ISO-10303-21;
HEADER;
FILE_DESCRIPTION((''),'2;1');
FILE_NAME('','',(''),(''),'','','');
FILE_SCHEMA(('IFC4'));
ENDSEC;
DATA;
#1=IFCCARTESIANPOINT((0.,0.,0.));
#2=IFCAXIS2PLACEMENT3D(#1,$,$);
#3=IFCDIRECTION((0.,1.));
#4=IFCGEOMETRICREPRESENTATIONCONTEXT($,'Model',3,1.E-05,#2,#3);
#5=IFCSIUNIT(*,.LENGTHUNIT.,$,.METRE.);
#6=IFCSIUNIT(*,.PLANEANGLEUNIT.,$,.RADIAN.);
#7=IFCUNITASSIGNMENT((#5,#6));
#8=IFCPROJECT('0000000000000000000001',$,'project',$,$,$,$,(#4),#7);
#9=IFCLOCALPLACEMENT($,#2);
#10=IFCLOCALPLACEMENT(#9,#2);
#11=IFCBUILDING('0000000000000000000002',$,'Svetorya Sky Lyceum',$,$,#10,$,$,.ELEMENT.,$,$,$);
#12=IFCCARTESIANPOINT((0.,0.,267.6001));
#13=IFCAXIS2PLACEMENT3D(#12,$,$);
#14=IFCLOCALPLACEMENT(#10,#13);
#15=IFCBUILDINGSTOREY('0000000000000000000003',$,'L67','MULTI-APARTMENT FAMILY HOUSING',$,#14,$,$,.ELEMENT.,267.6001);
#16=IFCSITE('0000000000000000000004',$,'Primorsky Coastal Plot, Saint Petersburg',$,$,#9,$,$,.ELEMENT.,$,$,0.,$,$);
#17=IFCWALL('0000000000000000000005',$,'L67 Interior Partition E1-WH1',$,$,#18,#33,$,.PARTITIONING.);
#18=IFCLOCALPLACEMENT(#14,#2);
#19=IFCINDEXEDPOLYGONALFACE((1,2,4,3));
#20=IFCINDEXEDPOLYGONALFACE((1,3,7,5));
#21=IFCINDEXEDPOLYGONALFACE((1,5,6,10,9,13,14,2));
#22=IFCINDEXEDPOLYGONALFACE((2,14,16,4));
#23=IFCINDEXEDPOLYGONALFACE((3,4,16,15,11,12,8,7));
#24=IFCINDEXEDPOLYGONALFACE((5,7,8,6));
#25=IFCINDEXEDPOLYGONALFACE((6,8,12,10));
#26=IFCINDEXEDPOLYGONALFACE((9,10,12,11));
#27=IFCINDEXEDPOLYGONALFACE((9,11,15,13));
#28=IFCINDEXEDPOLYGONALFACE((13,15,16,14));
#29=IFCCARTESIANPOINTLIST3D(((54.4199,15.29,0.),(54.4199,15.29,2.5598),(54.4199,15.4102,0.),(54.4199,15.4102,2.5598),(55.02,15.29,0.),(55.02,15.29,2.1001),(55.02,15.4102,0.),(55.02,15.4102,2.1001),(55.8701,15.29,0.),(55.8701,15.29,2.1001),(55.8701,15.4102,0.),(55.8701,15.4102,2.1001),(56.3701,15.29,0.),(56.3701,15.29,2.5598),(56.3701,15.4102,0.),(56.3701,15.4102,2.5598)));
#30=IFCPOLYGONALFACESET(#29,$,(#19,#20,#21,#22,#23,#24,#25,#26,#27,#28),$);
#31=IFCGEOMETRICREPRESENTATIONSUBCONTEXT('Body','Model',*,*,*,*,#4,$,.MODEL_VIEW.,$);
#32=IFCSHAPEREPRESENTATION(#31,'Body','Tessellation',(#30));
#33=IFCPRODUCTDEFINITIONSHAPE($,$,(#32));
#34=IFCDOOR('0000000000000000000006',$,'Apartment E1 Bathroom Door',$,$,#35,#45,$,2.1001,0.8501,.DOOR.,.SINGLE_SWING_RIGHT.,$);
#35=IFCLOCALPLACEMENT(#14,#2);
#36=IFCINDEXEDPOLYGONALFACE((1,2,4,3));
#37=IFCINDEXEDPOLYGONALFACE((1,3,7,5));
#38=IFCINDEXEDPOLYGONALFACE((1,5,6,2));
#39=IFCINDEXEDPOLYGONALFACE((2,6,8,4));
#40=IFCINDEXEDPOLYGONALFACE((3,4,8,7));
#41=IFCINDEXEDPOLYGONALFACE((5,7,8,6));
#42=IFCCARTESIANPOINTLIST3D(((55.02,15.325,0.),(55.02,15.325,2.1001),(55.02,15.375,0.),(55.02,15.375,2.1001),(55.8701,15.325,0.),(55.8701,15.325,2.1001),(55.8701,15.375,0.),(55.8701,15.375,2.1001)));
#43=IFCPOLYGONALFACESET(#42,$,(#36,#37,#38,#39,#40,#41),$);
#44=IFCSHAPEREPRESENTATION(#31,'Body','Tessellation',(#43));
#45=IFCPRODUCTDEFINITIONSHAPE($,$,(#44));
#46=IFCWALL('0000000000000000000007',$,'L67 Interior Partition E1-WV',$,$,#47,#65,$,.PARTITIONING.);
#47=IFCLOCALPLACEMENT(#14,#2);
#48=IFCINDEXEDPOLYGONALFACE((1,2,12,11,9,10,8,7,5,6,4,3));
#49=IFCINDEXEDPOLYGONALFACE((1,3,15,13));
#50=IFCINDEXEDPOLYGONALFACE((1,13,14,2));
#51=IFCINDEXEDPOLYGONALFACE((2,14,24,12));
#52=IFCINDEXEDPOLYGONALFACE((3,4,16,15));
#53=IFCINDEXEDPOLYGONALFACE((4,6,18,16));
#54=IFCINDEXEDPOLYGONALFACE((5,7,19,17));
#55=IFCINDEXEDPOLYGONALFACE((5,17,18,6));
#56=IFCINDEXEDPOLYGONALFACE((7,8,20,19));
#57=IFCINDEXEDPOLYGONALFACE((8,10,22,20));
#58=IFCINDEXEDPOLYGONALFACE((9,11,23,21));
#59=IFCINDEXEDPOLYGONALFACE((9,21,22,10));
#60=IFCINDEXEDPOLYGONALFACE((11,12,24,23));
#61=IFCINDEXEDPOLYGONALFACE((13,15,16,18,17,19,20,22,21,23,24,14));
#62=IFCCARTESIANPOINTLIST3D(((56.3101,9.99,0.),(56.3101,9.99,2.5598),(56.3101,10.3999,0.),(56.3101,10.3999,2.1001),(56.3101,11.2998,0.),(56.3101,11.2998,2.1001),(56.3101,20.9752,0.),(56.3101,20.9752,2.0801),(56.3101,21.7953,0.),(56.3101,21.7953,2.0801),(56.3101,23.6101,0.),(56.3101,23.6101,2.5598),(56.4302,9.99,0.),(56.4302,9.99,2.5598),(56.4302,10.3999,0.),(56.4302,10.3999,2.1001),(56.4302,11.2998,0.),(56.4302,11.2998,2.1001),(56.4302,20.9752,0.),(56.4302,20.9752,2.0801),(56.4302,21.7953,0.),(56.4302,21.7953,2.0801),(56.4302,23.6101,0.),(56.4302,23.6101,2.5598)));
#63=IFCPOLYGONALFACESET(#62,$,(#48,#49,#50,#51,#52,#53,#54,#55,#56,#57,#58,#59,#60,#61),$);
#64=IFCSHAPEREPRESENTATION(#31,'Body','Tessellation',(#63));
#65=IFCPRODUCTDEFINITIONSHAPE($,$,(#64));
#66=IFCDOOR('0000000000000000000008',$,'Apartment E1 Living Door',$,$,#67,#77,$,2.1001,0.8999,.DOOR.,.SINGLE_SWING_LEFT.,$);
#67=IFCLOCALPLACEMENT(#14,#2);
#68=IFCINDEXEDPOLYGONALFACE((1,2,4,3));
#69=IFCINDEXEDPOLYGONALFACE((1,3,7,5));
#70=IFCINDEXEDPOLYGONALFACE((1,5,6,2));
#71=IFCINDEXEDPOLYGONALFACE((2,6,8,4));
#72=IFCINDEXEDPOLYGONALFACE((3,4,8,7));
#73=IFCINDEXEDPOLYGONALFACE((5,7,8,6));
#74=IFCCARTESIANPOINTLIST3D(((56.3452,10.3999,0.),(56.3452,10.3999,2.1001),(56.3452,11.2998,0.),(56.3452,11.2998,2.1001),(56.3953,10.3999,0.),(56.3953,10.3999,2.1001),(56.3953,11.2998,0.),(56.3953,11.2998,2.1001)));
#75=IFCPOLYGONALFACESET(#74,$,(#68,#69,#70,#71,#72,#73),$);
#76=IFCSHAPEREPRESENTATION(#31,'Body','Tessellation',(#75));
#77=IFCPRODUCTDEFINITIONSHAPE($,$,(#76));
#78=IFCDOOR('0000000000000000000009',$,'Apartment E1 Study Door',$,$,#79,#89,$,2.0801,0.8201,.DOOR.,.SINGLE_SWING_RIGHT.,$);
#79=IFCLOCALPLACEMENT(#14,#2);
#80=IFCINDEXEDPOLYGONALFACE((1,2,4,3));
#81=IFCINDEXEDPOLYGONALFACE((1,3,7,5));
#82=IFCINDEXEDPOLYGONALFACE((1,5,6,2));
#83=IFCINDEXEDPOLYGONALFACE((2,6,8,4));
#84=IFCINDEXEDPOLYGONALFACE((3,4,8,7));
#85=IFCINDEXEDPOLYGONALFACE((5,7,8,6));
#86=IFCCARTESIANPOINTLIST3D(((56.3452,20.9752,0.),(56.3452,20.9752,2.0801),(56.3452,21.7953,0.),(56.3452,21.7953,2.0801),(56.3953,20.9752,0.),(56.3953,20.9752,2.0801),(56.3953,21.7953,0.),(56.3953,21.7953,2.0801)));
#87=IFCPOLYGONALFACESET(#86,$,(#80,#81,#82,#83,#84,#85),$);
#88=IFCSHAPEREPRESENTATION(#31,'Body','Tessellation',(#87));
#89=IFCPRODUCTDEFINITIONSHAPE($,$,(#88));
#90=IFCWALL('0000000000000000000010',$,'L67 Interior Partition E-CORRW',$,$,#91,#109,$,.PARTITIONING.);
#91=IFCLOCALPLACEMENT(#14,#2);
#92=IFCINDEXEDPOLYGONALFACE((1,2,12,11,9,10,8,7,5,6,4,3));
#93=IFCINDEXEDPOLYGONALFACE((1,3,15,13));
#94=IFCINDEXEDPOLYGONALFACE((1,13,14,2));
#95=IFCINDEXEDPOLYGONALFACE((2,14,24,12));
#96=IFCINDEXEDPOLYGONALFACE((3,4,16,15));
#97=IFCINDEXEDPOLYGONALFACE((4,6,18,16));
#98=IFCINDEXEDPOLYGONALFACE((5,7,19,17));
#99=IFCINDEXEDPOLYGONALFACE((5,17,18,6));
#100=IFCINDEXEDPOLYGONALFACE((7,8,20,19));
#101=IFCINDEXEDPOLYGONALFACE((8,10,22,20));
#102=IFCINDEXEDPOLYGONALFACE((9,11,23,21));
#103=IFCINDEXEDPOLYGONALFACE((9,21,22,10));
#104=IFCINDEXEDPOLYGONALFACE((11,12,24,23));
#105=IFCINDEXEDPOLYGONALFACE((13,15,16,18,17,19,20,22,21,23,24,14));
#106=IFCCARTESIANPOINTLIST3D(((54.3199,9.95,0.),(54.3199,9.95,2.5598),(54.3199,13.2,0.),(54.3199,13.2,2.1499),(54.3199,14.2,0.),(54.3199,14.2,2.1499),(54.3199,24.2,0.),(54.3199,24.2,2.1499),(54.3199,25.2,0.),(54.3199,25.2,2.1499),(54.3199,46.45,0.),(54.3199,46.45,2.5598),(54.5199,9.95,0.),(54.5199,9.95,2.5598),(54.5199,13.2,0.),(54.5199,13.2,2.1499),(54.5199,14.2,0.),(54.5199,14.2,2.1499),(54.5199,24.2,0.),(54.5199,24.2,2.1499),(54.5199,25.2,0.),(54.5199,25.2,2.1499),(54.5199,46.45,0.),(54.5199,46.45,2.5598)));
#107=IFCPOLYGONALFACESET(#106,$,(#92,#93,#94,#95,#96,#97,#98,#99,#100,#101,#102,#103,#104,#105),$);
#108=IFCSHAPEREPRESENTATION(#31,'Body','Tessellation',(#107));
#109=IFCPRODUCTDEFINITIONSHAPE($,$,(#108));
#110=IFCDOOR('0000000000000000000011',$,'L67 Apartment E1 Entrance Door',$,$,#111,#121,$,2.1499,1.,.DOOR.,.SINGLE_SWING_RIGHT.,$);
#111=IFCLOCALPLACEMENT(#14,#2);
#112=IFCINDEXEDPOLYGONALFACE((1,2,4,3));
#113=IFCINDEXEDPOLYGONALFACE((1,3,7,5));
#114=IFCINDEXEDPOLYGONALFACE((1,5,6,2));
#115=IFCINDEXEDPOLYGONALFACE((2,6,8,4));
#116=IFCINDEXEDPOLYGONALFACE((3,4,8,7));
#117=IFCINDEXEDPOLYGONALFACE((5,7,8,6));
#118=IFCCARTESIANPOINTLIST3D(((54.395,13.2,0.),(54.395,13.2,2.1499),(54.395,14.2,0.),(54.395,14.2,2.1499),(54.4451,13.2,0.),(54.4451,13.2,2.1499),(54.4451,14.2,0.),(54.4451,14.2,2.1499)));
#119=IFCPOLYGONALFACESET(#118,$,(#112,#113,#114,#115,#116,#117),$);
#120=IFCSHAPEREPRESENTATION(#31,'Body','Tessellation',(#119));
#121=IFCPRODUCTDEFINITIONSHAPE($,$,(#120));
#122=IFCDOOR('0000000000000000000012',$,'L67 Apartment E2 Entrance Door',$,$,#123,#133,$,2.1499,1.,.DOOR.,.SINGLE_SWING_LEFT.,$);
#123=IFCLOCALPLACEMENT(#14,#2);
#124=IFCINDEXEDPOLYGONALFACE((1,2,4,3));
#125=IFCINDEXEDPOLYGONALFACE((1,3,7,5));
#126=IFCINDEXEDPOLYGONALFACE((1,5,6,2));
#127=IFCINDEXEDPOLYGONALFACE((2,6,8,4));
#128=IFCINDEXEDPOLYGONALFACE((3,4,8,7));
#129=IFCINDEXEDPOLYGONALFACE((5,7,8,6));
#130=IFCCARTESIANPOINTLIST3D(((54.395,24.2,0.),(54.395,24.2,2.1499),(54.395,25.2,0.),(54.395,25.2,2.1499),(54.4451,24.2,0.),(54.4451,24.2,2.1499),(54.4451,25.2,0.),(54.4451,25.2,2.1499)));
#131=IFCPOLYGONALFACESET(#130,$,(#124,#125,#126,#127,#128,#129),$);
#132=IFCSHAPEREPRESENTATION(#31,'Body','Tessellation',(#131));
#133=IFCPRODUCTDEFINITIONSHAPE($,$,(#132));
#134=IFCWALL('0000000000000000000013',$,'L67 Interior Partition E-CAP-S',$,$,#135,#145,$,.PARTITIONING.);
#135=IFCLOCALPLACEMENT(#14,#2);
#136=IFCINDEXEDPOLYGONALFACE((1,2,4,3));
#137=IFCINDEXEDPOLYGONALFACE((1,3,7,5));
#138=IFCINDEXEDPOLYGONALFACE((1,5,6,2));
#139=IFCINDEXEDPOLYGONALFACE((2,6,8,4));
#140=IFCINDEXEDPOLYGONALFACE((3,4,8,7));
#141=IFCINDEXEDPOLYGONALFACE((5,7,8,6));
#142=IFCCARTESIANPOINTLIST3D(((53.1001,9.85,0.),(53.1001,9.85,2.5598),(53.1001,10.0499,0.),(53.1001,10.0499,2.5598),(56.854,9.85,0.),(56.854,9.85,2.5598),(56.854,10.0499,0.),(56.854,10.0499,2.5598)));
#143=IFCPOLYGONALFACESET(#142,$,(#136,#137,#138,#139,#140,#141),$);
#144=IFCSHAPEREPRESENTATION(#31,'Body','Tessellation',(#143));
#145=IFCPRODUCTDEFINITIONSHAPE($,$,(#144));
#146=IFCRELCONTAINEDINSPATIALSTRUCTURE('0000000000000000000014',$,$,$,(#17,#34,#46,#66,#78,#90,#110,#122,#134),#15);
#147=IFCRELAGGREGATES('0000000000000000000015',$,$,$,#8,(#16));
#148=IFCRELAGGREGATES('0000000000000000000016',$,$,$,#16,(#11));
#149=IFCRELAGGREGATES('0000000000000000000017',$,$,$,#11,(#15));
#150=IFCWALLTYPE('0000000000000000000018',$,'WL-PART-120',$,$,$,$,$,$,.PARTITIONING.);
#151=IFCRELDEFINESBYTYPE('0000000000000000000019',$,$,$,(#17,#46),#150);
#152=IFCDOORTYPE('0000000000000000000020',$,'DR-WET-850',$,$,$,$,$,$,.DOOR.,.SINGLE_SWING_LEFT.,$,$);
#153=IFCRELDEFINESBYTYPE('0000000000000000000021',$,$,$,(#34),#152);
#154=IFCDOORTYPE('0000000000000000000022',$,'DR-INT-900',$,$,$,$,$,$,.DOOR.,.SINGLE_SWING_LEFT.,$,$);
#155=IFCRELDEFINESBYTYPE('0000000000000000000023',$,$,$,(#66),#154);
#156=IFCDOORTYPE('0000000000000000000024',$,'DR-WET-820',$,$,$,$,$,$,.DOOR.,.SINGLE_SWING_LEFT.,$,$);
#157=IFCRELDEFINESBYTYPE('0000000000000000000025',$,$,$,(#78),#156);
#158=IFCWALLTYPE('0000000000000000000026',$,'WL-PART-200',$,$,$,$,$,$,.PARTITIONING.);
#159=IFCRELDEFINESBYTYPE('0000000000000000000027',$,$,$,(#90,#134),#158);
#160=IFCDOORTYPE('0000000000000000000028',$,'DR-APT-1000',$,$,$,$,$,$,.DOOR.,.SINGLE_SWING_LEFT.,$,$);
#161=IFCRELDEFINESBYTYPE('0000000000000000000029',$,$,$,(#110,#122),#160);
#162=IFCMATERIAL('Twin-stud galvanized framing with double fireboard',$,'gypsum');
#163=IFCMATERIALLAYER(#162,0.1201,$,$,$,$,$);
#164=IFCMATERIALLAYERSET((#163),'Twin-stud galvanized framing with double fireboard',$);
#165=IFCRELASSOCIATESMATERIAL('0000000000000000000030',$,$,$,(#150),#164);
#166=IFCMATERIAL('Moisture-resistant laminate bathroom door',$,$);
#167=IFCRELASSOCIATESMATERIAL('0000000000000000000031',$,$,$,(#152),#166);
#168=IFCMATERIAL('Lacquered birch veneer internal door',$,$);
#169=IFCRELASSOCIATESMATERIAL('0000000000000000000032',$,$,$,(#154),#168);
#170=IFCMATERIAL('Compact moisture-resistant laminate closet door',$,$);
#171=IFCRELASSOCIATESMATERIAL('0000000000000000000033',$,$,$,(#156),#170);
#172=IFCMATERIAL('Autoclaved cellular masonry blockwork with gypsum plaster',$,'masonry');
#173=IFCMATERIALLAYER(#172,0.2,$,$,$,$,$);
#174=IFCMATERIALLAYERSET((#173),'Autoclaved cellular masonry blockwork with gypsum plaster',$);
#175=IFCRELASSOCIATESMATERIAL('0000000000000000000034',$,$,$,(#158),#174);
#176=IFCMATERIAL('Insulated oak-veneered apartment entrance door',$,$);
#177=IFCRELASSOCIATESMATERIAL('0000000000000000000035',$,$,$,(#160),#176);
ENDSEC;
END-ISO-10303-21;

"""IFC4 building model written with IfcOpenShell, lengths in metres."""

from ifc_helpers import new_model, si_unit, direction, frame, frame_2d, origin, place, context, subcontext, project, spatial, rectangle, extrude, material, layer, layer_set, type_object, element, fill, save


model = new_model("IFC4")

# Units and contexts
model_context = context("Model", 3, precision=1e-05, world=origin(), true_north=direction((0.0, 1.0)))
body_context = subcontext(model_context, "Body", "Model", "MODEL_VIEW")
ifc_project = project(units=[si_unit("LENGTHUNIT", "METRE"), si_unit("PLANEANGLEUNIT", "RADIAN")], contexts=[model_context])

# Site, building, storey
site_placement = place(None, origin())
site = spatial("IfcSite", under=ifc_project, at=site_placement, Name="Primorsky Coastal Plot, Saint Petersburg", CompositionType="ELEMENT", RefElevation=0.0)
building_placement = place(site_placement, origin())
building = spatial("IfcBuilding", under=site, at=building_placement, Name="Svetorya Sky Lyceum", CompositionType="ELEMENT")
storey_placement = place(building_placement, frame((0.0, 0.0, 267.6001)))
storey = spatial("IfcBuildingStorey", under=building, at=storey_placement, Name="L67", Description="MULTI-APARTMENT FAMILY HOUSING", CompositionType="ELEMENT", Elevation=267.6001)

# Wall, opening, door
ifc_material_1 = material(Name="Twin-stud galvanized framing with double fireboard", Category="gypsum")
ifc_layer_1 = layer(ifc_material_1, 0.1201)
ifc_layer_set_1 = layer_set([ifc_layer_1], Name="Twin-stud galvanized framing with double fireboard")
wall_type_1 = type_object("IfcWallType", Name="WL-PART-120", PredefinedType="PARTITIONING", material=ifc_layer_set_1)
wall_1_placement = place(storey_placement, frame((54.4199, 15.3501, 0.0), z_axis=(0.0, 0.0, 1.0), x_axis=(1.0, 0.0, 0.0)))
wall_1 = element("IfcWall", 1, at=wall_1_placement, inside=storey, type_object=wall_type_1, Name="L67 Interior Partition E1-WH1", PredefinedType="PARTITIONING", context=body_context, shape_type="SweptSolid", body=[
    extrude(rectangle(XDim=1.9502, YDim=0.1201, at=frame_2d((0.9751, 0.0))), origin(), (0.0, 0.0, 1.0), 2.5598),
])
opening_1_placement = place(wall_1_placement, frame((0.6001, 0.0, 0.0)))
opening_1 = element("IfcOpeningElement", 2, at=opening_1_placement, cuts=wall_1, PredefinedType="OPENING", context=body_context, shape_type="SweptSolid", body=[
    extrude(rectangle(XDim=0.8501, YDim=2.1001, at=frame_2d((0.425, 1.05))), frame((0.0, 0.0701, 0.0), z_axis=(0.0, -1.0, 0.0), x_axis=(1.0, 0.0, 0.0)), (0.0, 0.0, 1.0), 0.1401),
])
ifc_material_2 = material(Name="Moisture-resistant laminate bathroom door")
door_type_1 = type_object("IfcDoorType", Name="DR-WET-850", OperationType="SINGLE_SWING_LEFT", PredefinedType="DOOR", material=ifc_material_2)
door_1_placement = place(opening_1_placement, origin())
door_1 = element("IfcDoor", 3, at=door_1_placement, inside=storey, type_object=door_type_1, Name="Apartment E1 Bathroom Door", OperationType="SINGLE_SWING_RIGHT", OverallHeight=2.1001, OverallWidth=0.8501, PredefinedType="DOOR", context=body_context, shape_type="SweptSolid", body=[
    extrude(rectangle(XDim=0.8501, YDim=2.1001, at=frame_2d((0.425, 1.05))), frame((0.0, 0.0249, 0.0), z_axis=(0.0, -1.0, 0.0), x_axis=(1.0, 0.0, 0.0)), (0.0, 0.0, 1.0), 0.05),
])
fill(opening_1, door_1)

# Walls, openings, doors
wall_2_placement = place(storey_placement, frame((56.3701, 9.99, 0.0), z_axis=(0.0, 0.0, 1.0), x_axis=(0.0, 1.0, 0.0)))
wall_2 = element("IfcWall", 4, at=wall_2_placement, inside=storey, type_object=wall_type_1, Name="L67 Interior Partition E1-WV", PredefinedType="PARTITIONING", context=body_context, shape_type="SweptSolid", body=[
    extrude(rectangle(XDim=13.6201, YDim=0.1201, at=frame_2d((6.8101, 0.0))), origin(), (0.0, 0.0, 1.0), 2.5598),
])
opening_2_placement = place(wall_2_placement, frame((0.4099, 0.0, 0.0)))
opening_2 = element("IfcOpeningElement", 5, at=opening_2_placement, cuts=wall_2, PredefinedType="OPENING", context=body_context, shape_type="SweptSolid", body=[
    extrude(rectangle(XDim=0.8999, YDim=2.1001, at=frame_2d((0.45, 1.05))), frame((0.0, 0.0701, 0.0), z_axis=(0.0, -1.0, 0.0), x_axis=(1.0, 0.0, 0.0)), (0.0, 0.0, 1.0), 0.1401),
])
opening_3_placement = place(wall_2_placement, frame((10.9851, 0.0, 0.0)))
opening_3 = element("IfcOpeningElement", 6, at=opening_3_placement, cuts=wall_2, PredefinedType="OPENING", context=body_context, shape_type="SweptSolid", body=[
    extrude(rectangle(XDim=0.8201, YDim=2.0801, at=frame_2d((0.4102, 1.04))), frame((0.0, 0.0701, 0.0), z_axis=(0.0, -1.0, 0.0), x_axis=(1.0, 0.0, 0.0)), (0.0, 0.0, 1.0), 0.1401),
])
ifc_material_3 = material(Name="Lacquered birch veneer internal door")
door_type_2 = type_object("IfcDoorType", Name="DR-INT-900", OperationType="SINGLE_SWING_LEFT", PredefinedType="DOOR", material=ifc_material_3)
door_2_placement = place(opening_2_placement, origin())
door_2 = element("IfcDoor", 7, at=door_2_placement, inside=storey, type_object=door_type_2, Name="Apartment E1 Living Door", OperationType="SINGLE_SWING_LEFT", OverallHeight=2.1001, OverallWidth=0.8999, PredefinedType="DOOR", context=body_context, shape_type="SweptSolid", body=[
    extrude(rectangle(XDim=0.8999, YDim=2.1001, at=frame_2d((0.45, 1.05))), frame((0.0, 0.0249, 0.0), z_axis=(0.0, -1.0, 0.0), x_axis=(1.0, 0.0, 0.0)), (0.0, 0.0, 1.0), 0.05),
])
fill(opening_2, door_2)
ifc_material_4 = material(Name="Compact moisture-resistant laminate closet door")
door_type_3 = type_object("IfcDoorType", Name="DR-WET-820", OperationType="SINGLE_SWING_LEFT", PredefinedType="DOOR", material=ifc_material_4)
door_3_placement = place(opening_3_placement, origin())
door_3 = element("IfcDoor", 8, at=door_3_placement, inside=storey, type_object=door_type_3, Name="Apartment E1 Study Door", OperationType="SINGLE_SWING_RIGHT", OverallHeight=2.0801, OverallWidth=0.8201, PredefinedType="DOOR", context=body_context, shape_type="SweptSolid", body=[
    extrude(rectangle(XDim=0.8201, YDim=2.0801, at=frame_2d((0.4102, 1.04))), frame((0.0, 0.0249, 0.0), z_axis=(0.0, -1.0, 0.0), x_axis=(1.0, 0.0, 0.0)), (0.0, 0.0, 1.0), 0.05),
])
fill(opening_3, door_3)
ifc_material_5 = material(Name="Autoclaved cellular masonry blockwork with gypsum plaster", Category="masonry")
ifc_layer_2 = layer(ifc_material_5, 0.2)
ifc_layer_set_2 = layer_set([ifc_layer_2], Name="Autoclaved cellular masonry blockwork with gypsum plaster")
wall_type_2 = type_object("IfcWallType", Name="WL-PART-200", PredefinedType="PARTITIONING", material=ifc_layer_set_2)
wall_3_placement = place(storey_placement, frame((54.4199, 9.95, 0.0), z_axis=(0.0, 0.0, 1.0), x_axis=(0.0, 1.0, 0.0)))
wall_3 = element("IfcWall", 9, at=wall_3_placement, inside=storey, type_object=wall_type_2, Name="L67 Interior Partition E-CORRW", PredefinedType="PARTITIONING", context=body_context, shape_type="SweptSolid", body=[
    extrude(rectangle(XDim=36.5, YDim=0.2, at=frame_2d((18.25, 0.0))), origin(), (0.0, 0.0, 1.0), 2.5598),
])
opening_4_placement = place(wall_3_placement, frame((3.25, 0.0, 0.0)))
opening_4 = element("IfcOpeningElement", 10, at=opening_4_placement, cuts=wall_3, PredefinedType="OPENING", context=body_context, shape_type="SweptSolid", body=[
    extrude(rectangle(XDim=1.0, YDim=2.1499, at=frame_2d((0.5, 1.075))), frame((0.0, 0.1099, 0.0), z_axis=(0.0, -1.0, 0.0), x_axis=(1.0, 0.0, 0.0)), (0.0, 0.0, 1.0), 0.22),
])
opening_5_placement = place(wall_3_placement, frame((14.25, 0.0, 0.0)))
opening_5 = element("IfcOpeningElement", 11, at=opening_5_placement, cuts=wall_3, PredefinedType="OPENING", context=body_context, shape_type="SweptSolid", body=[
    extrude(rectangle(XDim=1.0, YDim=2.1499, at=frame_2d((0.5, 1.075))), frame((0.0, 0.1099, 0.0), z_axis=(0.0, -1.0, 0.0), x_axis=(1.0, 0.0, 0.0)), (0.0, 0.0, 1.0), 0.22),
])
ifc_material_6 = material(Name="Insulated oak-veneered apartment entrance door")
door_type_4 = type_object("IfcDoorType", Name="DR-APT-1000", OperationType="SINGLE_SWING_LEFT", PredefinedType="DOOR", material=ifc_material_6)
door_4_placement = place(opening_4_placement, origin())
door_4 = element("IfcDoor", 12, at=door_4_placement, inside=storey, type_object=door_type_4, Name="L67 Apartment E1 Entrance Door", OperationType="SINGLE_SWING_RIGHT", OverallHeight=2.1499, OverallWidth=1.0, PredefinedType="DOOR", context=body_context, shape_type="SweptSolid", body=[
    extrude(rectangle(XDim=1.0, YDim=2.1499, at=frame_2d((0.5, 1.075))), frame((0.0, 0.0249, 0.0), z_axis=(0.0, -1.0, 0.0), x_axis=(1.0, 0.0, 0.0)), (0.0, 0.0, 1.0), 0.05),
])
fill(opening_4, door_4)
door_5_placement = place(opening_5_placement, origin())
door_5 = element("IfcDoor", 13, at=door_5_placement, inside=storey, type_object=door_type_4, Name="L67 Apartment E2 Entrance Door", OperationType="SINGLE_SWING_LEFT", OverallHeight=2.1499, OverallWidth=1.0, PredefinedType="DOOR", context=body_context, shape_type="SweptSolid", body=[
    extrude(rectangle(XDim=1.0, YDim=2.1499, at=frame_2d((0.5, 1.075))), frame((0.0, 0.0249, 0.0), z_axis=(0.0, -1.0, 0.0), x_axis=(1.0, 0.0, 0.0)), (0.0, 0.0, 1.0), 0.05),
])
fill(opening_5, door_5)

# Wall
wall_4_placement = place(storey_placement, frame((53.1001, 9.95, 0.0), z_axis=(0.0, 0.0, 1.0), x_axis=(1.0, 0.0, 0.0)))
element("IfcWall", 14, at=wall_4_placement, inside=storey, type_object=wall_type_2, Name="L67 Interior Partition E-CAP-S", PredefinedType="PARTITIONING", context=body_context, shape_type="SweptSolid", body=[
    extrude(rectangle(XDim=3.7539, YDim=0.2, at=frame_2d((1.877, 0.0))), origin(), (0.0, 0.0, 1.0), 2.5598),
])

save(model, "model.ifc")
